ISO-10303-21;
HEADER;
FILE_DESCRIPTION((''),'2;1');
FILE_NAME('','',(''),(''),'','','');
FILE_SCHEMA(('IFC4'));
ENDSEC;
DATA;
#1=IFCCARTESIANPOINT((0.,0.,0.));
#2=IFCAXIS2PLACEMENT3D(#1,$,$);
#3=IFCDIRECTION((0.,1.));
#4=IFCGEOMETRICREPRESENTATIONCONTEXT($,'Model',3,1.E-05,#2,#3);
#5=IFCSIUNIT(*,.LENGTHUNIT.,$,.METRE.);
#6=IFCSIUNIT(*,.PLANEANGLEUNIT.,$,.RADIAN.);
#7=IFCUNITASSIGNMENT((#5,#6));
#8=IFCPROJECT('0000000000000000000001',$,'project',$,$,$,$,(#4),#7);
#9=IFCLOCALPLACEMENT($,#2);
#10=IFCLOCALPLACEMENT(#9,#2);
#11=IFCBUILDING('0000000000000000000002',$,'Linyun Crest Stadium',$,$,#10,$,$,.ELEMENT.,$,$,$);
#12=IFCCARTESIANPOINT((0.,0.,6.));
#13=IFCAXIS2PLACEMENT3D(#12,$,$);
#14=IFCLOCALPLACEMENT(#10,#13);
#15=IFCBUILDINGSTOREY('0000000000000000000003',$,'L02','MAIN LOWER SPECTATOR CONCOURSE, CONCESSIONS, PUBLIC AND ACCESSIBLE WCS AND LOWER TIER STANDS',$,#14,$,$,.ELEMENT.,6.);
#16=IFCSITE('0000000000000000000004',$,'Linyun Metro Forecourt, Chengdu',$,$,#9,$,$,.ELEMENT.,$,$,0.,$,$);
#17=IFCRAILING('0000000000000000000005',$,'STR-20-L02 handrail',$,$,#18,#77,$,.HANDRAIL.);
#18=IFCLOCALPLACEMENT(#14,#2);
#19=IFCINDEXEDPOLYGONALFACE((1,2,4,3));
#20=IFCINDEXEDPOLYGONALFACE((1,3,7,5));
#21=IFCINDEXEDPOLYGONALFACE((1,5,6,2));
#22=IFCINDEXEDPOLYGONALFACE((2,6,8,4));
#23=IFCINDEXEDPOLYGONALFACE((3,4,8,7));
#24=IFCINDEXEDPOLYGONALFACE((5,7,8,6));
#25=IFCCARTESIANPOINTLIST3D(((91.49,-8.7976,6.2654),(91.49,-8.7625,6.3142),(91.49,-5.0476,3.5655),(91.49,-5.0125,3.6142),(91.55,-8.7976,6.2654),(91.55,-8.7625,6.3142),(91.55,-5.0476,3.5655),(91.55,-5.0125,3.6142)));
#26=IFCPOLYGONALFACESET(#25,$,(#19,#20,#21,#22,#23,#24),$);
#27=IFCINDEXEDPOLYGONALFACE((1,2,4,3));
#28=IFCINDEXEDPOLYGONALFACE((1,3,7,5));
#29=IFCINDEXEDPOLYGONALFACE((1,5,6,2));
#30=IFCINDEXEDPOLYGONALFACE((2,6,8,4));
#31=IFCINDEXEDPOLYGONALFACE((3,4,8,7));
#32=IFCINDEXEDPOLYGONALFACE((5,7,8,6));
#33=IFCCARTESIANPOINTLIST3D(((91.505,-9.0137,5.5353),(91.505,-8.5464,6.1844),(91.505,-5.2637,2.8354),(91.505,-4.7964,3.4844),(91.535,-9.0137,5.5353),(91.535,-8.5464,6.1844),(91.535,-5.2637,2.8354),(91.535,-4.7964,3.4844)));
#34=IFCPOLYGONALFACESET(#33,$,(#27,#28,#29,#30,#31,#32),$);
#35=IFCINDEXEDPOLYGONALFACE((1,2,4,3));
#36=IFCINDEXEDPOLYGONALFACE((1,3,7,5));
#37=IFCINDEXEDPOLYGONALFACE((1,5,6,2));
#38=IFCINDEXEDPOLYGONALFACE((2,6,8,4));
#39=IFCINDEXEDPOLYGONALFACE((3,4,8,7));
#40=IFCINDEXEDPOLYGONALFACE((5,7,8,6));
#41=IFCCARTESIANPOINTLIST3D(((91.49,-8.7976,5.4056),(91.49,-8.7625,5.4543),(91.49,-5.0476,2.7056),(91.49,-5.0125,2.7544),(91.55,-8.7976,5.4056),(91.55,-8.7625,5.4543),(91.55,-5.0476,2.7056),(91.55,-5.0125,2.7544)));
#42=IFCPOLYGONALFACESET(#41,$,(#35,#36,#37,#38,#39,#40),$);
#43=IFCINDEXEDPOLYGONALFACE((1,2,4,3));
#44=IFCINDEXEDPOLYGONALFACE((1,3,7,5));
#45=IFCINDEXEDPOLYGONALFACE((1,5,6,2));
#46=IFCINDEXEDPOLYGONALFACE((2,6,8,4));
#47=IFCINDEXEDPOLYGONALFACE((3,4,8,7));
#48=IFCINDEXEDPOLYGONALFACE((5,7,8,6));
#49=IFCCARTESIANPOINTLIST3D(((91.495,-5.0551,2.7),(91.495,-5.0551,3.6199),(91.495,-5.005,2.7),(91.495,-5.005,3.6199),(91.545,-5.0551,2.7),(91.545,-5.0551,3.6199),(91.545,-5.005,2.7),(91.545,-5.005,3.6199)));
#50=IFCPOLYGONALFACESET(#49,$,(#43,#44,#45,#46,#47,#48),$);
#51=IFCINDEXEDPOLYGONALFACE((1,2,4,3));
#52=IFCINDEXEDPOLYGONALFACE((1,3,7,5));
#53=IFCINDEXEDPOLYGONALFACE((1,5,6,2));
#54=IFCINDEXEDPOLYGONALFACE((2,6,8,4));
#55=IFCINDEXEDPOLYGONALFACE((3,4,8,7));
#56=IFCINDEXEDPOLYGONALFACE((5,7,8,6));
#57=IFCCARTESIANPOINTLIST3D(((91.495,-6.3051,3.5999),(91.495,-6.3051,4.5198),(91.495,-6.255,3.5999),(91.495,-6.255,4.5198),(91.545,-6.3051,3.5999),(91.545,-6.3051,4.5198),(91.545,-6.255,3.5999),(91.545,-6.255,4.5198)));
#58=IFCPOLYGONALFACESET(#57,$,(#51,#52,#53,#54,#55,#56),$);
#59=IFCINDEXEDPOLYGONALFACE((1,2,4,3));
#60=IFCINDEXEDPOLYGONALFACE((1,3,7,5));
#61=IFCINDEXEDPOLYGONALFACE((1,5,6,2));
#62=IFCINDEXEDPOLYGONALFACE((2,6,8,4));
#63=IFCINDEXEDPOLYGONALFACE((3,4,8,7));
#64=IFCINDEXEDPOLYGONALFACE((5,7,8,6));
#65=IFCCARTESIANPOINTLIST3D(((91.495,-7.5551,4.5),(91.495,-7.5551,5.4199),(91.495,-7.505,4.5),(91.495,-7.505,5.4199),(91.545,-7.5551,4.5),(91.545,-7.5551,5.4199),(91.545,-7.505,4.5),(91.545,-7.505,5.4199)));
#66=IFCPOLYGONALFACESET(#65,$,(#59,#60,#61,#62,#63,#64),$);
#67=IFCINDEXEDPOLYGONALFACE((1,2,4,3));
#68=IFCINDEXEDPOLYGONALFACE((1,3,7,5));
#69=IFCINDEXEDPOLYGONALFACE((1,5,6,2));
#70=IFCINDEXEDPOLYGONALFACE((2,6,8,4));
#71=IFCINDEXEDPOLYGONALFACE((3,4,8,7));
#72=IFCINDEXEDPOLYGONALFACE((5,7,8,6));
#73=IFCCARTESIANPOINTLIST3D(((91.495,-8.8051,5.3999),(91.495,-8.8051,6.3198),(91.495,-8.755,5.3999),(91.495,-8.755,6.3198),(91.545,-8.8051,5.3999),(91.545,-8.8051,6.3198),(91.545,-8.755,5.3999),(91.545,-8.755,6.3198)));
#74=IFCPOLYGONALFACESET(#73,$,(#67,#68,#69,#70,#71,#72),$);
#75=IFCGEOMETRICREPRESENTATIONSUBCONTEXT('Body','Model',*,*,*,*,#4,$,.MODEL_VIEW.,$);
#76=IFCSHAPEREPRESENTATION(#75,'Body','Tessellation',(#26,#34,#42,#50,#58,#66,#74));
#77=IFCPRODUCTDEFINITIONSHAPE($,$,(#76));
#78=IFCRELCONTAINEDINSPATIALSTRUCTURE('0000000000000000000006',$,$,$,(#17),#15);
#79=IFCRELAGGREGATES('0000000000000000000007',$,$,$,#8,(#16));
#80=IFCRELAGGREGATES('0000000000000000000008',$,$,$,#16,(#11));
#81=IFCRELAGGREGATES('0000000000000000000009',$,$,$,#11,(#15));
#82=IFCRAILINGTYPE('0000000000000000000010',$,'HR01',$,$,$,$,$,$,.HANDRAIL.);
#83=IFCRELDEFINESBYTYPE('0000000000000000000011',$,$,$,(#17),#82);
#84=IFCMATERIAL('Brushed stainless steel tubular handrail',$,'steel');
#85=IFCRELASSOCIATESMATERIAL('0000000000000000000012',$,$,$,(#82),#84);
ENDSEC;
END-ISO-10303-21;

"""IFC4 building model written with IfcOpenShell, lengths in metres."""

from ifc_helpers import new_model, si_unit, direction, frame, origin, origin_2d, place, context, subcontext, project, spatial, rectangle, extrude, material, type_object, element, save


model = new_model("IFC4")

# Units and contexts
model_context = context("Model", 3, precision=1e-05, world=origin(), true_north=direction((0.0, 1.0)))
body_context = subcontext(model_context, "Body", "Model", "MODEL_VIEW")
ifc_project = project(units=[si_unit("LENGTHUNIT", "METRE"), si_unit("PLANEANGLEUNIT", "RADIAN")], contexts=[model_context])

# Site, building, storey
site_placement = place(None, origin())
site = spatial("IfcSite", under=ifc_project, at=site_placement, Name="Linyun Metro Forecourt, Chengdu", CompositionType="ELEMENT", RefElevation=0.0)
building_placement = place(site_placement, origin())
building = spatial("IfcBuilding", under=site, at=building_placement, Name="Linyun Crest Stadium", CompositionType="ELEMENT")
storey_placement = place(building_placement, frame((0.0, 0.0, 6.0)))
storey = spatial("IfcBuildingStorey", under=building, at=storey_placement, Name="L02", Description="MAIN LOWER SPECTATOR CONCOURSE, CONCESSIONS, PUBLIC AND ACCESSIBLE WCS AND LOWER TIER STANDS", CompositionType="ELEMENT", Elevation=6.0)

# Railing
ifc_material_1 = material(Name="Brushed stainless steel tubular handrail", Category="steel")
railing_type_1 = type_object("IfcRailingType", Name="HR01", PredefinedType="HANDRAIL", material=ifc_material_1)
railing_1_placement = place(storey_placement, frame((91.52, -5.03, 2.7)))
element("IfcRailing", 1, at=railing_1_placement, inside=storey, type_object=railing_type_1, Name="STR-20-L02 handrail", PredefinedType="HANDRAIL", context=body_context, shape_type="SweptSolid", body=[
    extrude(rectangle(XDim=0.0601, YDim=0.0601, at=origin_2d()), frame((0.0, 0.0, 0.8899), z_axis=(0.0, -0.811539, 0.584298), x_axis=(1.0, 0.0, 0.0)), (0.0, 0.0, 1.0), 4.6208),
    extrude(rectangle(XDim=0.03, YDim=0.7998, at=origin_2d()), frame((0.0, 0.0, 0.46), z_axis=(0.0, -0.811539, 0.584298), x_axis=(1.0, 0.0, 0.0)), (0.0, 0.0, 1.0), 4.6208),
    extrude(rectangle(XDim=0.0601, YDim=0.0601, at=origin_2d()), frame((0.0, 0.0, 0.03), z_axis=(0.0, -0.811539, 0.584298), x_axis=(1.0, 0.0, 0.0)), (0.0, 0.0, 1.0), 4.6208),
    extrude(rectangle(XDim=0.05, YDim=0.05, at=origin_2d()), origin(), (0.0, 0.0, 1.0), 0.9199),
    extrude(rectangle(XDim=0.05, YDim=0.05, at=origin_2d()), frame((0.0, -1.25, 0.8999)), (0.0, 0.0, 1.0), 0.9199),
    extrude(rectangle(XDim=0.05, YDim=0.05, at=origin_2d()), frame((0.0, -2.5, 1.8)), (0.0, 0.0, 1.0), 0.9199),
    extrude(rectangle(XDim=0.05, YDim=0.05, at=origin_2d()), frame((0.0, -3.75, 2.7)), (0.0, 0.0, 1.0), 0.9199),
])

save(model, "model.ifc")
